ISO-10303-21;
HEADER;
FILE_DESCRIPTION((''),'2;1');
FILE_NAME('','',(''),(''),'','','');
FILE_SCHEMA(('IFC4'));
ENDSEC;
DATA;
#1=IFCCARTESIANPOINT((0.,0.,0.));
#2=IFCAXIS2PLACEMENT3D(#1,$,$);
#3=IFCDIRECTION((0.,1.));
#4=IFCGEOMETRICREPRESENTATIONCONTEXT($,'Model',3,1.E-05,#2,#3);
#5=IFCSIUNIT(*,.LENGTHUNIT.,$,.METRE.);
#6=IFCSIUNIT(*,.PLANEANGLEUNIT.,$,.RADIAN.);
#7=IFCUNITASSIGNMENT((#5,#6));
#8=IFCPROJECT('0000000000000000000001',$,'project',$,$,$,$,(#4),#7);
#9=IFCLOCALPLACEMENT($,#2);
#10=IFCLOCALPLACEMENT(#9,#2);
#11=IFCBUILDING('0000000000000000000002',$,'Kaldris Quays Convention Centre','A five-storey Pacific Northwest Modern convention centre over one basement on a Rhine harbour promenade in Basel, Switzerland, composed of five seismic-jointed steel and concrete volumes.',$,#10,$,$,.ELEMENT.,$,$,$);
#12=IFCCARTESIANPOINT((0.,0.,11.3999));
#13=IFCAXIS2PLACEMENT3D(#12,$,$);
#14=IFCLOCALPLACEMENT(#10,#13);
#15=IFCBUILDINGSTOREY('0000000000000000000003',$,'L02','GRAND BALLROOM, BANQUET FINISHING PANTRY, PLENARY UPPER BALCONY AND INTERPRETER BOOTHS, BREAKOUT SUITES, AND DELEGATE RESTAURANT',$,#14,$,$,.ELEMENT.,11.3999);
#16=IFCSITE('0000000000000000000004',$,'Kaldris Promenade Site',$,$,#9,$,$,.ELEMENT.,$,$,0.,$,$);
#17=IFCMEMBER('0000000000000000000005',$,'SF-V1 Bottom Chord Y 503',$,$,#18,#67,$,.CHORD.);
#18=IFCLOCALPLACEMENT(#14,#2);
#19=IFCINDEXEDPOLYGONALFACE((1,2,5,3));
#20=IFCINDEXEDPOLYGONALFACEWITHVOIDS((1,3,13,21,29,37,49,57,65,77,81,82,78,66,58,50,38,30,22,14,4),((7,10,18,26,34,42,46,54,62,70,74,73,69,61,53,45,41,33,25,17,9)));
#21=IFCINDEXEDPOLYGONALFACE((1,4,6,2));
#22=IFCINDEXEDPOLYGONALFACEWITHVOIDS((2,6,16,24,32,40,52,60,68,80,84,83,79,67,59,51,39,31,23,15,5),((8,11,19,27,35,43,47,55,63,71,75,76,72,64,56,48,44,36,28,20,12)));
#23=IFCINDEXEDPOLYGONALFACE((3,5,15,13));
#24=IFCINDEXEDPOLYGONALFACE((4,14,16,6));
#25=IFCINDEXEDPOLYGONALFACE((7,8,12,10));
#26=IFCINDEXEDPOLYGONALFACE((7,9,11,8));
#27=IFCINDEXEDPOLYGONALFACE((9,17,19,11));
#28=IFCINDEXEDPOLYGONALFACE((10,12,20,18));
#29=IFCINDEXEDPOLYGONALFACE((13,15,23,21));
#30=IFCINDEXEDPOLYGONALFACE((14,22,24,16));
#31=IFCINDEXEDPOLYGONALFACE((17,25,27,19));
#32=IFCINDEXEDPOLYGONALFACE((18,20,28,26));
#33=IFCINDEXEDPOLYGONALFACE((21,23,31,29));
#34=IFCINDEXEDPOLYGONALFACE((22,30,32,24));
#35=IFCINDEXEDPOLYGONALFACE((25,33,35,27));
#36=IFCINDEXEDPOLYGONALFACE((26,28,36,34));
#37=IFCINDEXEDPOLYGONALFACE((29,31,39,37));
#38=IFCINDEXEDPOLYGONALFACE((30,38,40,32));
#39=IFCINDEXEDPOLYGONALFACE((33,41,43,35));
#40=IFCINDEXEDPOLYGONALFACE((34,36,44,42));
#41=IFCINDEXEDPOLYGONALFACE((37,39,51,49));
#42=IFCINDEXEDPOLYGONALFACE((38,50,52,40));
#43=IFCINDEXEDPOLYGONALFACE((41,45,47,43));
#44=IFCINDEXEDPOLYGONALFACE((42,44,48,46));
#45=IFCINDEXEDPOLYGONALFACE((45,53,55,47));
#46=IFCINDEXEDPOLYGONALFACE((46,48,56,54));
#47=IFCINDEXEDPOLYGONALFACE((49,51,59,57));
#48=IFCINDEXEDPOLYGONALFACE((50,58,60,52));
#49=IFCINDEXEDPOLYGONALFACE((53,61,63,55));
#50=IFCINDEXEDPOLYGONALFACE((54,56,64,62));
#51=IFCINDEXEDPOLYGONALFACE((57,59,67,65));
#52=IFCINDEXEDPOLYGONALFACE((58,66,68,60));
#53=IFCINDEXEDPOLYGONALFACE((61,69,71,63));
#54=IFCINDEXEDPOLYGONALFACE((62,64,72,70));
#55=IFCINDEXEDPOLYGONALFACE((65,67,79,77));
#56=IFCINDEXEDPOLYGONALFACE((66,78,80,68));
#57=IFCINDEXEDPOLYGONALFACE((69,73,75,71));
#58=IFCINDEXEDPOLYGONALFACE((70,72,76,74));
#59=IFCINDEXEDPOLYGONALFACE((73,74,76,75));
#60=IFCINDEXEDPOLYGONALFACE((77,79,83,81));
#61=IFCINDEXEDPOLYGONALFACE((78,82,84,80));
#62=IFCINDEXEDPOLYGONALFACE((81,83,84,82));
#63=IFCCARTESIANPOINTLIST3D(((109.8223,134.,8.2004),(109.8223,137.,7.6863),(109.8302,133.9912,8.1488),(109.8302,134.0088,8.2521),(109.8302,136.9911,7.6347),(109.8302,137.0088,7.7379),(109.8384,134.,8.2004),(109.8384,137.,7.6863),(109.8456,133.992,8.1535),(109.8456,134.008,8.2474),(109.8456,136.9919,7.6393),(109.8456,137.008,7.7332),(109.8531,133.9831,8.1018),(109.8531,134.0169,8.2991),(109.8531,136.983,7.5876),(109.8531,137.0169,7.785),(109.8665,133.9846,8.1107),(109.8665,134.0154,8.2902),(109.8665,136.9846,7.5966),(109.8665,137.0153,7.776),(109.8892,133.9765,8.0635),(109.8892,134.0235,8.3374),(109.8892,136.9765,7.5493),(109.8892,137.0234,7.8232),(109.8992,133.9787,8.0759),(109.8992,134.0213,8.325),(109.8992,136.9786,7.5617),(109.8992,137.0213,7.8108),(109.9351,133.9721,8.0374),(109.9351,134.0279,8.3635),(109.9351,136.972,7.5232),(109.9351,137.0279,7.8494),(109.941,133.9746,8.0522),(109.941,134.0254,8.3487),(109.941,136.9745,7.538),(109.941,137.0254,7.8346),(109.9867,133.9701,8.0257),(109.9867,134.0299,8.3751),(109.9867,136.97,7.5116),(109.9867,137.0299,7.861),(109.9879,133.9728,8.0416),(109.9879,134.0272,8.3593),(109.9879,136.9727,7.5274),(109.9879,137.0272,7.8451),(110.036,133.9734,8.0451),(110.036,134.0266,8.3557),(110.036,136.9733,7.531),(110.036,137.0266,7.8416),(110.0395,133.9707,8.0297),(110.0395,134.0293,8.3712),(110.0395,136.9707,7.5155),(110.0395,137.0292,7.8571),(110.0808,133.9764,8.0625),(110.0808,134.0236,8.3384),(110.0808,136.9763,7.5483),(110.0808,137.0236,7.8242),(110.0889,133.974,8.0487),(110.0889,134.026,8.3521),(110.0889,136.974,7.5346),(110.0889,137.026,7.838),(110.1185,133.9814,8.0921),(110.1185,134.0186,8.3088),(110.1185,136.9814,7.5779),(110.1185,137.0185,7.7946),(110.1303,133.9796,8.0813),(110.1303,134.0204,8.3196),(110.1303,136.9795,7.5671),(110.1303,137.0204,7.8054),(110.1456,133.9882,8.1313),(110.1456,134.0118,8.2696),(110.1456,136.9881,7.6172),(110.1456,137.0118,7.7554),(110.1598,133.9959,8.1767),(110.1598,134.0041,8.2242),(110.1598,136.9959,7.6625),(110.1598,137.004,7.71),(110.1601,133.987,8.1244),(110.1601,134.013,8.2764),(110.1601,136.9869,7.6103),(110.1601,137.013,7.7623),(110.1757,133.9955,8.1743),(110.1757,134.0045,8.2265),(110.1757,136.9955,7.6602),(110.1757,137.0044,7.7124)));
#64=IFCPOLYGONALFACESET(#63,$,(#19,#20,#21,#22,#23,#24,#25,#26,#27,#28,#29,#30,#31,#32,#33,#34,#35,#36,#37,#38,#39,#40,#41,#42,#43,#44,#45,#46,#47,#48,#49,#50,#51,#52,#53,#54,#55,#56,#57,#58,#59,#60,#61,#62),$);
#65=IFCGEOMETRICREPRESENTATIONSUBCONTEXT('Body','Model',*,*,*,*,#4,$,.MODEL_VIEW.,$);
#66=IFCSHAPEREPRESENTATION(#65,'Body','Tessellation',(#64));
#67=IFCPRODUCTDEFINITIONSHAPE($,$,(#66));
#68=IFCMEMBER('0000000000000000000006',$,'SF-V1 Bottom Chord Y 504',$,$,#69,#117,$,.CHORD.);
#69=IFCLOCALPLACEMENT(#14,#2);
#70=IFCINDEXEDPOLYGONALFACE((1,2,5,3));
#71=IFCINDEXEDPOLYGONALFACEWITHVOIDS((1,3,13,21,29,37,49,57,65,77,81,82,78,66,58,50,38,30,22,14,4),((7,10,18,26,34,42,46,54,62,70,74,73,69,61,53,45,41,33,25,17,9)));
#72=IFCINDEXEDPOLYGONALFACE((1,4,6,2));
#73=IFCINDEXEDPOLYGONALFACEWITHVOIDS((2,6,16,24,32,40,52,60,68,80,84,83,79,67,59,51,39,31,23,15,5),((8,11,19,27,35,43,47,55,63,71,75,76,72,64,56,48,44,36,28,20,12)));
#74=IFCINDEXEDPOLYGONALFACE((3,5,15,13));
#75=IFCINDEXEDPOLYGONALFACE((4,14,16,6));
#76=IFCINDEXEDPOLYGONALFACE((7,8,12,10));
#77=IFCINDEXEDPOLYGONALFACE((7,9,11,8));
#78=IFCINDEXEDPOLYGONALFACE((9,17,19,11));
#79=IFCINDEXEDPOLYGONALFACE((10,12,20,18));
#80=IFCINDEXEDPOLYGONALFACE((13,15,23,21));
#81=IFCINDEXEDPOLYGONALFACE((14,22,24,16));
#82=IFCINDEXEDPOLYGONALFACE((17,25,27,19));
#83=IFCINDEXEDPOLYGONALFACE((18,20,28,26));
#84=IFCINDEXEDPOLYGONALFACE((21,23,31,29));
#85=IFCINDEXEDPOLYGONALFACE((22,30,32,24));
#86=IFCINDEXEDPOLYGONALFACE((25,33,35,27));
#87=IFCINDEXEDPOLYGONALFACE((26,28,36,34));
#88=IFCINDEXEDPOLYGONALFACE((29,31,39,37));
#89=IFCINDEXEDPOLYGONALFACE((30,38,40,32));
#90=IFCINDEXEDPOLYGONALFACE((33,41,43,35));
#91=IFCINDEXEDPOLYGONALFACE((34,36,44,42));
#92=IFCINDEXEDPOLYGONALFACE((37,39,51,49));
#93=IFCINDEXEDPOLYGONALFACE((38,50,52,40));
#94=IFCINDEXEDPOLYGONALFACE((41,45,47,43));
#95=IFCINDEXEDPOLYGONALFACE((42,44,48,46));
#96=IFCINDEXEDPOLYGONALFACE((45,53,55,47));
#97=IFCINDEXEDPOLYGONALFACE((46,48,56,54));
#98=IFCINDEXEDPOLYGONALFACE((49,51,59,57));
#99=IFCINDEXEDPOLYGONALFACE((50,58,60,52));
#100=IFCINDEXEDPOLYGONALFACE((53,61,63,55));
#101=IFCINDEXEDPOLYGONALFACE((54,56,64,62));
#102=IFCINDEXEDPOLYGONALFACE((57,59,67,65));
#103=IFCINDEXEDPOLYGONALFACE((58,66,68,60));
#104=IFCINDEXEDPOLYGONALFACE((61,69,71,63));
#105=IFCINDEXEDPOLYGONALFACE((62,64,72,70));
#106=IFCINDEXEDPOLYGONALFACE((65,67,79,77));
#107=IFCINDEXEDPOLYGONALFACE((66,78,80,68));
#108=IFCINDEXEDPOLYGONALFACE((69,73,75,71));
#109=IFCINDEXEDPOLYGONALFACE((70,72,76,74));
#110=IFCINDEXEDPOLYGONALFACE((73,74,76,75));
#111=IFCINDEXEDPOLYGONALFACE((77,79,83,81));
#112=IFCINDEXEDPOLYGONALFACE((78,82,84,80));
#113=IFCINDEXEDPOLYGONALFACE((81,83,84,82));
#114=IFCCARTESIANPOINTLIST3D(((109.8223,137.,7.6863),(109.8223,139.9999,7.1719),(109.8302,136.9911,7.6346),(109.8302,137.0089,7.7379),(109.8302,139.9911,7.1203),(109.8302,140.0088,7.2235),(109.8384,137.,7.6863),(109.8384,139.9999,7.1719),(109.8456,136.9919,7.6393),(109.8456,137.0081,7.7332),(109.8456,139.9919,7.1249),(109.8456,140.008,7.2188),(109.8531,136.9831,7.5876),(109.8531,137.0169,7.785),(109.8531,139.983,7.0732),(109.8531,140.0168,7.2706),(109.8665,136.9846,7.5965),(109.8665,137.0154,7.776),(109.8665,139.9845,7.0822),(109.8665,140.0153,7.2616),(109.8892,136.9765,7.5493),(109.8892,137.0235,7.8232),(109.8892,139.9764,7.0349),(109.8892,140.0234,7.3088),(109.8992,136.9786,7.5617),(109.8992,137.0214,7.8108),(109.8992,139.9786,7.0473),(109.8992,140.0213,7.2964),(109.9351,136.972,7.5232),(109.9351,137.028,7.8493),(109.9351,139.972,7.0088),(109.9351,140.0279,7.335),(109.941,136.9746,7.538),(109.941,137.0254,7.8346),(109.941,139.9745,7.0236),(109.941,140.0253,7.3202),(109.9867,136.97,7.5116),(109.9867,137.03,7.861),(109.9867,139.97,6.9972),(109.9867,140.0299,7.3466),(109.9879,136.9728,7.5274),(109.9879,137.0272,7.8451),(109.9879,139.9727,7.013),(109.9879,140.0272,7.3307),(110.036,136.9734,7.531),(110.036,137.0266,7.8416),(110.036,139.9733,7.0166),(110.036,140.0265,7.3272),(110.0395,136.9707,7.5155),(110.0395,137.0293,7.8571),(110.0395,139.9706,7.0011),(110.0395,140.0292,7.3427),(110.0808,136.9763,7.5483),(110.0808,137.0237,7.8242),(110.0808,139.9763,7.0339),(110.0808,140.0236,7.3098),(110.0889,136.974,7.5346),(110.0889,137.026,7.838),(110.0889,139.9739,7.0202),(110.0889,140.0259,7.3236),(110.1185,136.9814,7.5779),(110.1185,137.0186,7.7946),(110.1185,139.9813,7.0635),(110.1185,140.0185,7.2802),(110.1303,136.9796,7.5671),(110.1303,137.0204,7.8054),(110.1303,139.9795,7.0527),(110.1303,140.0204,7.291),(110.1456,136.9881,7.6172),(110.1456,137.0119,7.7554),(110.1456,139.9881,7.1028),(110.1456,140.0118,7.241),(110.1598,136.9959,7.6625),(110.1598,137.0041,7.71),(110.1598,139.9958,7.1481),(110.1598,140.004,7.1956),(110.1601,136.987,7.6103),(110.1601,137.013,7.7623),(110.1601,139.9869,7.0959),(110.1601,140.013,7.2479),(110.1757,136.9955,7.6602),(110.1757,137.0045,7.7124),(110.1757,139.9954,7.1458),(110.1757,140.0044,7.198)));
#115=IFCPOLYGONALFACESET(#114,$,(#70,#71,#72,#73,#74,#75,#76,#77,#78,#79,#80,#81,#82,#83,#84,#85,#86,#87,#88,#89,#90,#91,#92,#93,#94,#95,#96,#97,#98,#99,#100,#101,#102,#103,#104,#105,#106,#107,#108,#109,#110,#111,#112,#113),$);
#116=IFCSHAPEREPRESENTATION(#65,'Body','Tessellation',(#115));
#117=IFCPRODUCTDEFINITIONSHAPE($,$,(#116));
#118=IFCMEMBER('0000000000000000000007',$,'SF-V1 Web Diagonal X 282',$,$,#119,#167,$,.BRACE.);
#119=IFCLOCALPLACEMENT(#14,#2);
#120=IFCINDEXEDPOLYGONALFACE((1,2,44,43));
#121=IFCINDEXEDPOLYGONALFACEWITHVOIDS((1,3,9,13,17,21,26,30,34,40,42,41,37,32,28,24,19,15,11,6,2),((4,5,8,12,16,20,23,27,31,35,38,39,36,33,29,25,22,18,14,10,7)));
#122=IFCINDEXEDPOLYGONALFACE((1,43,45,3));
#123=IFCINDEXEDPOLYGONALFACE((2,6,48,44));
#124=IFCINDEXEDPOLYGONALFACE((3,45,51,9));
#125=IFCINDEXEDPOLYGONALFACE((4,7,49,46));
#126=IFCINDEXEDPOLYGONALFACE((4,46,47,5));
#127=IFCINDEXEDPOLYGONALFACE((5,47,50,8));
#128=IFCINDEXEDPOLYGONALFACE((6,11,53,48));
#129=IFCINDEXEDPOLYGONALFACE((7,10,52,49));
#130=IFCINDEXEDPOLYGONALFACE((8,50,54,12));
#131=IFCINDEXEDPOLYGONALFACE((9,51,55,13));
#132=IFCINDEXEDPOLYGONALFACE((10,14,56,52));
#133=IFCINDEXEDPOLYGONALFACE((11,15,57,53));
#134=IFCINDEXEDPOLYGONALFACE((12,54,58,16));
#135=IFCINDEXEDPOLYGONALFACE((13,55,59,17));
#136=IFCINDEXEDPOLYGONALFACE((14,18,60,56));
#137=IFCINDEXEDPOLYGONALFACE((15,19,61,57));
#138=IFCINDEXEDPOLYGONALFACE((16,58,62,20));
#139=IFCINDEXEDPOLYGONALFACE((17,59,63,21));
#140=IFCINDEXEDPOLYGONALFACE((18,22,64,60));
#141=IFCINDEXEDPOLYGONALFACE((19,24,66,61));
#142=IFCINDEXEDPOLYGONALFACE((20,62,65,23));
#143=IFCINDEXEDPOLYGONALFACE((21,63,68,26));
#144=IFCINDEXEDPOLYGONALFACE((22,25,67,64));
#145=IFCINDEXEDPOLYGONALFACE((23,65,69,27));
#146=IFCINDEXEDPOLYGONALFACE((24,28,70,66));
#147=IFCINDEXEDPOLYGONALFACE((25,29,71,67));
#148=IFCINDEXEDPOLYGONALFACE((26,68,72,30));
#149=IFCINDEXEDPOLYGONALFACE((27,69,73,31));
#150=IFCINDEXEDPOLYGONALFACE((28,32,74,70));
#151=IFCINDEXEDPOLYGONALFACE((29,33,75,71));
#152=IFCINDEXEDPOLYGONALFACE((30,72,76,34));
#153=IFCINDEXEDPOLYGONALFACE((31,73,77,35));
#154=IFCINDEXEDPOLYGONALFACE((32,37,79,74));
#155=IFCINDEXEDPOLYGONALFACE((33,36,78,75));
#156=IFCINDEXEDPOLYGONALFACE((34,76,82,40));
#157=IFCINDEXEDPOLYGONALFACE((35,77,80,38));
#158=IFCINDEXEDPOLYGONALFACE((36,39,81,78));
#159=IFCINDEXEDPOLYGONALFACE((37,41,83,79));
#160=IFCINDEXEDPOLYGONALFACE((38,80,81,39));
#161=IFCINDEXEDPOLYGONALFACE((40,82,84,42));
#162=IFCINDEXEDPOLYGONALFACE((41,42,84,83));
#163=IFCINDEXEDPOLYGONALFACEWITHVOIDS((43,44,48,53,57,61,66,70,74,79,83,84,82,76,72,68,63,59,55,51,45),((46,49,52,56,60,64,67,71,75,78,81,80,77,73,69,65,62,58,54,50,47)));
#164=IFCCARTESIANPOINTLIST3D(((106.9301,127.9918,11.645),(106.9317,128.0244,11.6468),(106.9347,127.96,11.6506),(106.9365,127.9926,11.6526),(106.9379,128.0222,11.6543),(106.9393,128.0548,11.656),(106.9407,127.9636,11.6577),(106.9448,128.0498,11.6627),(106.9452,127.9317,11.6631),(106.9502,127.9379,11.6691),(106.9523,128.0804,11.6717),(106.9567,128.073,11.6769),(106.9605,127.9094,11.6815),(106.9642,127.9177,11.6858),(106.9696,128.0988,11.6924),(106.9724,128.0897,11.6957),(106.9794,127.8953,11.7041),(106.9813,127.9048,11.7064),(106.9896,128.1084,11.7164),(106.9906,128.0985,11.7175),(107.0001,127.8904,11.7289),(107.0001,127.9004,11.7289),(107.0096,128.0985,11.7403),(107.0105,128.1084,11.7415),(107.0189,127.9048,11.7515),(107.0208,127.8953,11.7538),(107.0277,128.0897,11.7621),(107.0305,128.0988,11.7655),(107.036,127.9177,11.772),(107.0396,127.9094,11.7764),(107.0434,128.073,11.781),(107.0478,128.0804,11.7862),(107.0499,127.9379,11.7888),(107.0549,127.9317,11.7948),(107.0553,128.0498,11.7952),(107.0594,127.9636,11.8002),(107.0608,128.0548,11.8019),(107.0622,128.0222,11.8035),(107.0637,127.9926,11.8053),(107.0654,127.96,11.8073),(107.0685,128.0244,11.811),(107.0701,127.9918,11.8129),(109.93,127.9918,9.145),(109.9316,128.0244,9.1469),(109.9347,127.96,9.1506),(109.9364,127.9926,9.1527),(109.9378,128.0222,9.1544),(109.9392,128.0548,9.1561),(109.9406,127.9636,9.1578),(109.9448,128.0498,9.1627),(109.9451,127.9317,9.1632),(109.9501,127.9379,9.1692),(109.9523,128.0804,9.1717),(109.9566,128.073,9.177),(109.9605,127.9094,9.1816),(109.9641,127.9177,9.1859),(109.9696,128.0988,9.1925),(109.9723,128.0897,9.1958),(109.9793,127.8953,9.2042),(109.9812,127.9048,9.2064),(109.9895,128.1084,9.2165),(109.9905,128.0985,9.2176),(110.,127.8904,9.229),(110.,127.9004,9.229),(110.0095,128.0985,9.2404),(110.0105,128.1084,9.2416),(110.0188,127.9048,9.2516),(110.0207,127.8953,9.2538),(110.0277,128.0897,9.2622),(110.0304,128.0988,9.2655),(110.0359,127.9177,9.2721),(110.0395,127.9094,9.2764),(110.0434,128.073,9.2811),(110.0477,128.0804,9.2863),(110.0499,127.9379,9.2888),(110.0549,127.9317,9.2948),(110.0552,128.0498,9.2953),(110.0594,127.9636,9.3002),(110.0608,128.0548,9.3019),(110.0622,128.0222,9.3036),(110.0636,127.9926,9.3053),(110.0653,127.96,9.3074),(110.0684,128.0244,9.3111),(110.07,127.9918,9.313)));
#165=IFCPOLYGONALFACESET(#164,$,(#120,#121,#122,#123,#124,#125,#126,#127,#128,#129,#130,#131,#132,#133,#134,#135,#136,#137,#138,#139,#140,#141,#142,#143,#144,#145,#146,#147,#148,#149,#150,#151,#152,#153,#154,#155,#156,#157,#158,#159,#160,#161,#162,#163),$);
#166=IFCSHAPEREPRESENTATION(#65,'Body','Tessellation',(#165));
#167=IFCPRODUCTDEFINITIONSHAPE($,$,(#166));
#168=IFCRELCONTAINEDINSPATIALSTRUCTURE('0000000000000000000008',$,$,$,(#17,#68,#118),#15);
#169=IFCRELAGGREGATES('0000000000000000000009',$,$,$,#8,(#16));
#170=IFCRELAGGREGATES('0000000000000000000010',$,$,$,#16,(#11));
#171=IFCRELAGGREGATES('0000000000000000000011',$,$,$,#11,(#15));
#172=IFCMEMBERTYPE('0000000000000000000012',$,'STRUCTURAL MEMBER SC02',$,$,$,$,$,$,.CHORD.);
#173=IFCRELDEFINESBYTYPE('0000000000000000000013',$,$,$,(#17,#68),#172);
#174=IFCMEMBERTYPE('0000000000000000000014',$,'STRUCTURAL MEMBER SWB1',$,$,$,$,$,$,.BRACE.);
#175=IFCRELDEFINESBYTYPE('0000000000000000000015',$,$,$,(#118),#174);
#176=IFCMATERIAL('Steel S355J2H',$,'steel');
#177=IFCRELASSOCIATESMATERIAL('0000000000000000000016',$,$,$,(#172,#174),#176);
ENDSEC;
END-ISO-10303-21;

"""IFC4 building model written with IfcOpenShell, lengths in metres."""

from ifc_helpers import new_model, si_unit, direction, frame, origin, origin_2d, place, context, subcontext, project, spatial, hollow_circle, extrude, material, material_profile, profile_set, type_object, element, save


model = new_model("IFC4")

# Units and contexts
model_context = context("Model", 3, precision=1e-05, world=origin(), true_north=direction((0.0, 1.0)))
body_context = subcontext(model_context, "Body", "Model", "MODEL_VIEW")
ifc_project = project(units=[si_unit("LENGTHUNIT", "METRE"), si_unit("PLANEANGLEUNIT", "RADIAN")], contexts=[model_context])

# Site, building, storey
site_placement = place(None, origin())
site = spatial("IfcSite", under=ifc_project, at=site_placement, Name="Kaldris Promenade Site", CompositionType="ELEMENT", RefElevation=0.0)
building_placement = place(site_placement, origin())
building = spatial("IfcBuilding", under=site, at=building_placement, Name="Kaldris Quays Convention Centre", Description="A five-storey Pacific Northwest Modern convention centre over one basement on a Rhine harbour promenade in Basel, Switzerland, composed of five seismic-jointed steel and concrete volumes.", CompositionType="ELEMENT")
storey_placement = place(building_placement, frame((0.0, 0.0, 11.3999)))
storey = spatial("IfcBuildingStorey", under=building, at=storey_placement, Name="L02", Description="GRAND BALLROOM, BANQUET FINISHING PANTRY, PLENARY UPPER BALCONY AND INTERPRETER BOOTHS, BREAKOUT SUITES, AND DELEGATE RESTAURANT", CompositionType="ELEMENT", Elevation=11.3999)

# Members
ifc_material_1 = material(Name="Steel S355J2H", Category="steel")
ifc_material_profile_1 = material_profile(ifc_material_1, hollow_circle(Radius=0.1777, WallThickness=0.0161, at=origin_2d()), Name="CHS 355.6x16")
ifc_profile_set_1 = profile_set([ifc_material_profile_1], Name="Steel S355J2H")
member_type_1 = type_object("IfcMemberType", Name="STRUCTURAL MEMBER SC02", PredefinedType="CHORD", material=ifc_profile_set_1)
for number, where, z_axis, x_axis, name in (
    (1, (110.0, 134.0, 8.2004), (0.0, 0.985629, -0.168924), (-1.0, 0.0, 0.0), "SF-V1 Bottom Chord Y 503"),
    (2, (110.0, 137.0, 7.6863), (0.0, 0.985616, -0.169002), (-1.0, 0.0, 0.0), "SF-V1 Bottom Chord Y 504"),
):
    element("IfcMember", number, at=place(storey_placement, frame(where, z_axis=z_axis, x_axis=x_axis)), inside=storey, type_object=member_type_1, Name=name, PredefinedType="CHORD", context=body_context, shape_type="SweptSolid", body=[
        extrude(hollow_circle(Radius=0.1777, WallThickness=0.0161, at=origin_2d()), origin(), (0.0, 0.0, 1.0), 3.0437),
    ])
ifc_material_profile_2 = material_profile(ifc_material_1, hollow_circle(Radius=0.1096, WallThickness=0.01, at=origin_2d()), Name="CHS 219.1x10")
ifc_profile_set_2 = profile_set([ifc_material_profile_2], Name="Steel S355J2H")
member_type_2 = type_object("IfcMemberType", Name="STRUCTURAL MEMBER SWB1", PredefinedType="BRACE", material=ifc_profile_set_2)
for number, where, z_axis, x_axis, name in (
    (3, (110.0, 128.0, 9.229), (-0.768221, 0.0, 0.640184), (0.0, -1.0, 0.0), "SF-V1 Web Diagonal X 282"),
):
    element("IfcMember", number, at=place(storey_placement, frame(where, z_axis=z_axis, x_axis=x_axis)), inside=storey, type_object=member_type_2, Name=name, PredefinedType="BRACE", context=body_context, shape_type="SweptSolid", body=[
        extrude(hollow_circle(Radius=0.1096, WallThickness=0.01, at=origin_2d()), origin(), (0.0, 0.0, 1.0), 3.905),
    ])

save(model, "model.ifc")
